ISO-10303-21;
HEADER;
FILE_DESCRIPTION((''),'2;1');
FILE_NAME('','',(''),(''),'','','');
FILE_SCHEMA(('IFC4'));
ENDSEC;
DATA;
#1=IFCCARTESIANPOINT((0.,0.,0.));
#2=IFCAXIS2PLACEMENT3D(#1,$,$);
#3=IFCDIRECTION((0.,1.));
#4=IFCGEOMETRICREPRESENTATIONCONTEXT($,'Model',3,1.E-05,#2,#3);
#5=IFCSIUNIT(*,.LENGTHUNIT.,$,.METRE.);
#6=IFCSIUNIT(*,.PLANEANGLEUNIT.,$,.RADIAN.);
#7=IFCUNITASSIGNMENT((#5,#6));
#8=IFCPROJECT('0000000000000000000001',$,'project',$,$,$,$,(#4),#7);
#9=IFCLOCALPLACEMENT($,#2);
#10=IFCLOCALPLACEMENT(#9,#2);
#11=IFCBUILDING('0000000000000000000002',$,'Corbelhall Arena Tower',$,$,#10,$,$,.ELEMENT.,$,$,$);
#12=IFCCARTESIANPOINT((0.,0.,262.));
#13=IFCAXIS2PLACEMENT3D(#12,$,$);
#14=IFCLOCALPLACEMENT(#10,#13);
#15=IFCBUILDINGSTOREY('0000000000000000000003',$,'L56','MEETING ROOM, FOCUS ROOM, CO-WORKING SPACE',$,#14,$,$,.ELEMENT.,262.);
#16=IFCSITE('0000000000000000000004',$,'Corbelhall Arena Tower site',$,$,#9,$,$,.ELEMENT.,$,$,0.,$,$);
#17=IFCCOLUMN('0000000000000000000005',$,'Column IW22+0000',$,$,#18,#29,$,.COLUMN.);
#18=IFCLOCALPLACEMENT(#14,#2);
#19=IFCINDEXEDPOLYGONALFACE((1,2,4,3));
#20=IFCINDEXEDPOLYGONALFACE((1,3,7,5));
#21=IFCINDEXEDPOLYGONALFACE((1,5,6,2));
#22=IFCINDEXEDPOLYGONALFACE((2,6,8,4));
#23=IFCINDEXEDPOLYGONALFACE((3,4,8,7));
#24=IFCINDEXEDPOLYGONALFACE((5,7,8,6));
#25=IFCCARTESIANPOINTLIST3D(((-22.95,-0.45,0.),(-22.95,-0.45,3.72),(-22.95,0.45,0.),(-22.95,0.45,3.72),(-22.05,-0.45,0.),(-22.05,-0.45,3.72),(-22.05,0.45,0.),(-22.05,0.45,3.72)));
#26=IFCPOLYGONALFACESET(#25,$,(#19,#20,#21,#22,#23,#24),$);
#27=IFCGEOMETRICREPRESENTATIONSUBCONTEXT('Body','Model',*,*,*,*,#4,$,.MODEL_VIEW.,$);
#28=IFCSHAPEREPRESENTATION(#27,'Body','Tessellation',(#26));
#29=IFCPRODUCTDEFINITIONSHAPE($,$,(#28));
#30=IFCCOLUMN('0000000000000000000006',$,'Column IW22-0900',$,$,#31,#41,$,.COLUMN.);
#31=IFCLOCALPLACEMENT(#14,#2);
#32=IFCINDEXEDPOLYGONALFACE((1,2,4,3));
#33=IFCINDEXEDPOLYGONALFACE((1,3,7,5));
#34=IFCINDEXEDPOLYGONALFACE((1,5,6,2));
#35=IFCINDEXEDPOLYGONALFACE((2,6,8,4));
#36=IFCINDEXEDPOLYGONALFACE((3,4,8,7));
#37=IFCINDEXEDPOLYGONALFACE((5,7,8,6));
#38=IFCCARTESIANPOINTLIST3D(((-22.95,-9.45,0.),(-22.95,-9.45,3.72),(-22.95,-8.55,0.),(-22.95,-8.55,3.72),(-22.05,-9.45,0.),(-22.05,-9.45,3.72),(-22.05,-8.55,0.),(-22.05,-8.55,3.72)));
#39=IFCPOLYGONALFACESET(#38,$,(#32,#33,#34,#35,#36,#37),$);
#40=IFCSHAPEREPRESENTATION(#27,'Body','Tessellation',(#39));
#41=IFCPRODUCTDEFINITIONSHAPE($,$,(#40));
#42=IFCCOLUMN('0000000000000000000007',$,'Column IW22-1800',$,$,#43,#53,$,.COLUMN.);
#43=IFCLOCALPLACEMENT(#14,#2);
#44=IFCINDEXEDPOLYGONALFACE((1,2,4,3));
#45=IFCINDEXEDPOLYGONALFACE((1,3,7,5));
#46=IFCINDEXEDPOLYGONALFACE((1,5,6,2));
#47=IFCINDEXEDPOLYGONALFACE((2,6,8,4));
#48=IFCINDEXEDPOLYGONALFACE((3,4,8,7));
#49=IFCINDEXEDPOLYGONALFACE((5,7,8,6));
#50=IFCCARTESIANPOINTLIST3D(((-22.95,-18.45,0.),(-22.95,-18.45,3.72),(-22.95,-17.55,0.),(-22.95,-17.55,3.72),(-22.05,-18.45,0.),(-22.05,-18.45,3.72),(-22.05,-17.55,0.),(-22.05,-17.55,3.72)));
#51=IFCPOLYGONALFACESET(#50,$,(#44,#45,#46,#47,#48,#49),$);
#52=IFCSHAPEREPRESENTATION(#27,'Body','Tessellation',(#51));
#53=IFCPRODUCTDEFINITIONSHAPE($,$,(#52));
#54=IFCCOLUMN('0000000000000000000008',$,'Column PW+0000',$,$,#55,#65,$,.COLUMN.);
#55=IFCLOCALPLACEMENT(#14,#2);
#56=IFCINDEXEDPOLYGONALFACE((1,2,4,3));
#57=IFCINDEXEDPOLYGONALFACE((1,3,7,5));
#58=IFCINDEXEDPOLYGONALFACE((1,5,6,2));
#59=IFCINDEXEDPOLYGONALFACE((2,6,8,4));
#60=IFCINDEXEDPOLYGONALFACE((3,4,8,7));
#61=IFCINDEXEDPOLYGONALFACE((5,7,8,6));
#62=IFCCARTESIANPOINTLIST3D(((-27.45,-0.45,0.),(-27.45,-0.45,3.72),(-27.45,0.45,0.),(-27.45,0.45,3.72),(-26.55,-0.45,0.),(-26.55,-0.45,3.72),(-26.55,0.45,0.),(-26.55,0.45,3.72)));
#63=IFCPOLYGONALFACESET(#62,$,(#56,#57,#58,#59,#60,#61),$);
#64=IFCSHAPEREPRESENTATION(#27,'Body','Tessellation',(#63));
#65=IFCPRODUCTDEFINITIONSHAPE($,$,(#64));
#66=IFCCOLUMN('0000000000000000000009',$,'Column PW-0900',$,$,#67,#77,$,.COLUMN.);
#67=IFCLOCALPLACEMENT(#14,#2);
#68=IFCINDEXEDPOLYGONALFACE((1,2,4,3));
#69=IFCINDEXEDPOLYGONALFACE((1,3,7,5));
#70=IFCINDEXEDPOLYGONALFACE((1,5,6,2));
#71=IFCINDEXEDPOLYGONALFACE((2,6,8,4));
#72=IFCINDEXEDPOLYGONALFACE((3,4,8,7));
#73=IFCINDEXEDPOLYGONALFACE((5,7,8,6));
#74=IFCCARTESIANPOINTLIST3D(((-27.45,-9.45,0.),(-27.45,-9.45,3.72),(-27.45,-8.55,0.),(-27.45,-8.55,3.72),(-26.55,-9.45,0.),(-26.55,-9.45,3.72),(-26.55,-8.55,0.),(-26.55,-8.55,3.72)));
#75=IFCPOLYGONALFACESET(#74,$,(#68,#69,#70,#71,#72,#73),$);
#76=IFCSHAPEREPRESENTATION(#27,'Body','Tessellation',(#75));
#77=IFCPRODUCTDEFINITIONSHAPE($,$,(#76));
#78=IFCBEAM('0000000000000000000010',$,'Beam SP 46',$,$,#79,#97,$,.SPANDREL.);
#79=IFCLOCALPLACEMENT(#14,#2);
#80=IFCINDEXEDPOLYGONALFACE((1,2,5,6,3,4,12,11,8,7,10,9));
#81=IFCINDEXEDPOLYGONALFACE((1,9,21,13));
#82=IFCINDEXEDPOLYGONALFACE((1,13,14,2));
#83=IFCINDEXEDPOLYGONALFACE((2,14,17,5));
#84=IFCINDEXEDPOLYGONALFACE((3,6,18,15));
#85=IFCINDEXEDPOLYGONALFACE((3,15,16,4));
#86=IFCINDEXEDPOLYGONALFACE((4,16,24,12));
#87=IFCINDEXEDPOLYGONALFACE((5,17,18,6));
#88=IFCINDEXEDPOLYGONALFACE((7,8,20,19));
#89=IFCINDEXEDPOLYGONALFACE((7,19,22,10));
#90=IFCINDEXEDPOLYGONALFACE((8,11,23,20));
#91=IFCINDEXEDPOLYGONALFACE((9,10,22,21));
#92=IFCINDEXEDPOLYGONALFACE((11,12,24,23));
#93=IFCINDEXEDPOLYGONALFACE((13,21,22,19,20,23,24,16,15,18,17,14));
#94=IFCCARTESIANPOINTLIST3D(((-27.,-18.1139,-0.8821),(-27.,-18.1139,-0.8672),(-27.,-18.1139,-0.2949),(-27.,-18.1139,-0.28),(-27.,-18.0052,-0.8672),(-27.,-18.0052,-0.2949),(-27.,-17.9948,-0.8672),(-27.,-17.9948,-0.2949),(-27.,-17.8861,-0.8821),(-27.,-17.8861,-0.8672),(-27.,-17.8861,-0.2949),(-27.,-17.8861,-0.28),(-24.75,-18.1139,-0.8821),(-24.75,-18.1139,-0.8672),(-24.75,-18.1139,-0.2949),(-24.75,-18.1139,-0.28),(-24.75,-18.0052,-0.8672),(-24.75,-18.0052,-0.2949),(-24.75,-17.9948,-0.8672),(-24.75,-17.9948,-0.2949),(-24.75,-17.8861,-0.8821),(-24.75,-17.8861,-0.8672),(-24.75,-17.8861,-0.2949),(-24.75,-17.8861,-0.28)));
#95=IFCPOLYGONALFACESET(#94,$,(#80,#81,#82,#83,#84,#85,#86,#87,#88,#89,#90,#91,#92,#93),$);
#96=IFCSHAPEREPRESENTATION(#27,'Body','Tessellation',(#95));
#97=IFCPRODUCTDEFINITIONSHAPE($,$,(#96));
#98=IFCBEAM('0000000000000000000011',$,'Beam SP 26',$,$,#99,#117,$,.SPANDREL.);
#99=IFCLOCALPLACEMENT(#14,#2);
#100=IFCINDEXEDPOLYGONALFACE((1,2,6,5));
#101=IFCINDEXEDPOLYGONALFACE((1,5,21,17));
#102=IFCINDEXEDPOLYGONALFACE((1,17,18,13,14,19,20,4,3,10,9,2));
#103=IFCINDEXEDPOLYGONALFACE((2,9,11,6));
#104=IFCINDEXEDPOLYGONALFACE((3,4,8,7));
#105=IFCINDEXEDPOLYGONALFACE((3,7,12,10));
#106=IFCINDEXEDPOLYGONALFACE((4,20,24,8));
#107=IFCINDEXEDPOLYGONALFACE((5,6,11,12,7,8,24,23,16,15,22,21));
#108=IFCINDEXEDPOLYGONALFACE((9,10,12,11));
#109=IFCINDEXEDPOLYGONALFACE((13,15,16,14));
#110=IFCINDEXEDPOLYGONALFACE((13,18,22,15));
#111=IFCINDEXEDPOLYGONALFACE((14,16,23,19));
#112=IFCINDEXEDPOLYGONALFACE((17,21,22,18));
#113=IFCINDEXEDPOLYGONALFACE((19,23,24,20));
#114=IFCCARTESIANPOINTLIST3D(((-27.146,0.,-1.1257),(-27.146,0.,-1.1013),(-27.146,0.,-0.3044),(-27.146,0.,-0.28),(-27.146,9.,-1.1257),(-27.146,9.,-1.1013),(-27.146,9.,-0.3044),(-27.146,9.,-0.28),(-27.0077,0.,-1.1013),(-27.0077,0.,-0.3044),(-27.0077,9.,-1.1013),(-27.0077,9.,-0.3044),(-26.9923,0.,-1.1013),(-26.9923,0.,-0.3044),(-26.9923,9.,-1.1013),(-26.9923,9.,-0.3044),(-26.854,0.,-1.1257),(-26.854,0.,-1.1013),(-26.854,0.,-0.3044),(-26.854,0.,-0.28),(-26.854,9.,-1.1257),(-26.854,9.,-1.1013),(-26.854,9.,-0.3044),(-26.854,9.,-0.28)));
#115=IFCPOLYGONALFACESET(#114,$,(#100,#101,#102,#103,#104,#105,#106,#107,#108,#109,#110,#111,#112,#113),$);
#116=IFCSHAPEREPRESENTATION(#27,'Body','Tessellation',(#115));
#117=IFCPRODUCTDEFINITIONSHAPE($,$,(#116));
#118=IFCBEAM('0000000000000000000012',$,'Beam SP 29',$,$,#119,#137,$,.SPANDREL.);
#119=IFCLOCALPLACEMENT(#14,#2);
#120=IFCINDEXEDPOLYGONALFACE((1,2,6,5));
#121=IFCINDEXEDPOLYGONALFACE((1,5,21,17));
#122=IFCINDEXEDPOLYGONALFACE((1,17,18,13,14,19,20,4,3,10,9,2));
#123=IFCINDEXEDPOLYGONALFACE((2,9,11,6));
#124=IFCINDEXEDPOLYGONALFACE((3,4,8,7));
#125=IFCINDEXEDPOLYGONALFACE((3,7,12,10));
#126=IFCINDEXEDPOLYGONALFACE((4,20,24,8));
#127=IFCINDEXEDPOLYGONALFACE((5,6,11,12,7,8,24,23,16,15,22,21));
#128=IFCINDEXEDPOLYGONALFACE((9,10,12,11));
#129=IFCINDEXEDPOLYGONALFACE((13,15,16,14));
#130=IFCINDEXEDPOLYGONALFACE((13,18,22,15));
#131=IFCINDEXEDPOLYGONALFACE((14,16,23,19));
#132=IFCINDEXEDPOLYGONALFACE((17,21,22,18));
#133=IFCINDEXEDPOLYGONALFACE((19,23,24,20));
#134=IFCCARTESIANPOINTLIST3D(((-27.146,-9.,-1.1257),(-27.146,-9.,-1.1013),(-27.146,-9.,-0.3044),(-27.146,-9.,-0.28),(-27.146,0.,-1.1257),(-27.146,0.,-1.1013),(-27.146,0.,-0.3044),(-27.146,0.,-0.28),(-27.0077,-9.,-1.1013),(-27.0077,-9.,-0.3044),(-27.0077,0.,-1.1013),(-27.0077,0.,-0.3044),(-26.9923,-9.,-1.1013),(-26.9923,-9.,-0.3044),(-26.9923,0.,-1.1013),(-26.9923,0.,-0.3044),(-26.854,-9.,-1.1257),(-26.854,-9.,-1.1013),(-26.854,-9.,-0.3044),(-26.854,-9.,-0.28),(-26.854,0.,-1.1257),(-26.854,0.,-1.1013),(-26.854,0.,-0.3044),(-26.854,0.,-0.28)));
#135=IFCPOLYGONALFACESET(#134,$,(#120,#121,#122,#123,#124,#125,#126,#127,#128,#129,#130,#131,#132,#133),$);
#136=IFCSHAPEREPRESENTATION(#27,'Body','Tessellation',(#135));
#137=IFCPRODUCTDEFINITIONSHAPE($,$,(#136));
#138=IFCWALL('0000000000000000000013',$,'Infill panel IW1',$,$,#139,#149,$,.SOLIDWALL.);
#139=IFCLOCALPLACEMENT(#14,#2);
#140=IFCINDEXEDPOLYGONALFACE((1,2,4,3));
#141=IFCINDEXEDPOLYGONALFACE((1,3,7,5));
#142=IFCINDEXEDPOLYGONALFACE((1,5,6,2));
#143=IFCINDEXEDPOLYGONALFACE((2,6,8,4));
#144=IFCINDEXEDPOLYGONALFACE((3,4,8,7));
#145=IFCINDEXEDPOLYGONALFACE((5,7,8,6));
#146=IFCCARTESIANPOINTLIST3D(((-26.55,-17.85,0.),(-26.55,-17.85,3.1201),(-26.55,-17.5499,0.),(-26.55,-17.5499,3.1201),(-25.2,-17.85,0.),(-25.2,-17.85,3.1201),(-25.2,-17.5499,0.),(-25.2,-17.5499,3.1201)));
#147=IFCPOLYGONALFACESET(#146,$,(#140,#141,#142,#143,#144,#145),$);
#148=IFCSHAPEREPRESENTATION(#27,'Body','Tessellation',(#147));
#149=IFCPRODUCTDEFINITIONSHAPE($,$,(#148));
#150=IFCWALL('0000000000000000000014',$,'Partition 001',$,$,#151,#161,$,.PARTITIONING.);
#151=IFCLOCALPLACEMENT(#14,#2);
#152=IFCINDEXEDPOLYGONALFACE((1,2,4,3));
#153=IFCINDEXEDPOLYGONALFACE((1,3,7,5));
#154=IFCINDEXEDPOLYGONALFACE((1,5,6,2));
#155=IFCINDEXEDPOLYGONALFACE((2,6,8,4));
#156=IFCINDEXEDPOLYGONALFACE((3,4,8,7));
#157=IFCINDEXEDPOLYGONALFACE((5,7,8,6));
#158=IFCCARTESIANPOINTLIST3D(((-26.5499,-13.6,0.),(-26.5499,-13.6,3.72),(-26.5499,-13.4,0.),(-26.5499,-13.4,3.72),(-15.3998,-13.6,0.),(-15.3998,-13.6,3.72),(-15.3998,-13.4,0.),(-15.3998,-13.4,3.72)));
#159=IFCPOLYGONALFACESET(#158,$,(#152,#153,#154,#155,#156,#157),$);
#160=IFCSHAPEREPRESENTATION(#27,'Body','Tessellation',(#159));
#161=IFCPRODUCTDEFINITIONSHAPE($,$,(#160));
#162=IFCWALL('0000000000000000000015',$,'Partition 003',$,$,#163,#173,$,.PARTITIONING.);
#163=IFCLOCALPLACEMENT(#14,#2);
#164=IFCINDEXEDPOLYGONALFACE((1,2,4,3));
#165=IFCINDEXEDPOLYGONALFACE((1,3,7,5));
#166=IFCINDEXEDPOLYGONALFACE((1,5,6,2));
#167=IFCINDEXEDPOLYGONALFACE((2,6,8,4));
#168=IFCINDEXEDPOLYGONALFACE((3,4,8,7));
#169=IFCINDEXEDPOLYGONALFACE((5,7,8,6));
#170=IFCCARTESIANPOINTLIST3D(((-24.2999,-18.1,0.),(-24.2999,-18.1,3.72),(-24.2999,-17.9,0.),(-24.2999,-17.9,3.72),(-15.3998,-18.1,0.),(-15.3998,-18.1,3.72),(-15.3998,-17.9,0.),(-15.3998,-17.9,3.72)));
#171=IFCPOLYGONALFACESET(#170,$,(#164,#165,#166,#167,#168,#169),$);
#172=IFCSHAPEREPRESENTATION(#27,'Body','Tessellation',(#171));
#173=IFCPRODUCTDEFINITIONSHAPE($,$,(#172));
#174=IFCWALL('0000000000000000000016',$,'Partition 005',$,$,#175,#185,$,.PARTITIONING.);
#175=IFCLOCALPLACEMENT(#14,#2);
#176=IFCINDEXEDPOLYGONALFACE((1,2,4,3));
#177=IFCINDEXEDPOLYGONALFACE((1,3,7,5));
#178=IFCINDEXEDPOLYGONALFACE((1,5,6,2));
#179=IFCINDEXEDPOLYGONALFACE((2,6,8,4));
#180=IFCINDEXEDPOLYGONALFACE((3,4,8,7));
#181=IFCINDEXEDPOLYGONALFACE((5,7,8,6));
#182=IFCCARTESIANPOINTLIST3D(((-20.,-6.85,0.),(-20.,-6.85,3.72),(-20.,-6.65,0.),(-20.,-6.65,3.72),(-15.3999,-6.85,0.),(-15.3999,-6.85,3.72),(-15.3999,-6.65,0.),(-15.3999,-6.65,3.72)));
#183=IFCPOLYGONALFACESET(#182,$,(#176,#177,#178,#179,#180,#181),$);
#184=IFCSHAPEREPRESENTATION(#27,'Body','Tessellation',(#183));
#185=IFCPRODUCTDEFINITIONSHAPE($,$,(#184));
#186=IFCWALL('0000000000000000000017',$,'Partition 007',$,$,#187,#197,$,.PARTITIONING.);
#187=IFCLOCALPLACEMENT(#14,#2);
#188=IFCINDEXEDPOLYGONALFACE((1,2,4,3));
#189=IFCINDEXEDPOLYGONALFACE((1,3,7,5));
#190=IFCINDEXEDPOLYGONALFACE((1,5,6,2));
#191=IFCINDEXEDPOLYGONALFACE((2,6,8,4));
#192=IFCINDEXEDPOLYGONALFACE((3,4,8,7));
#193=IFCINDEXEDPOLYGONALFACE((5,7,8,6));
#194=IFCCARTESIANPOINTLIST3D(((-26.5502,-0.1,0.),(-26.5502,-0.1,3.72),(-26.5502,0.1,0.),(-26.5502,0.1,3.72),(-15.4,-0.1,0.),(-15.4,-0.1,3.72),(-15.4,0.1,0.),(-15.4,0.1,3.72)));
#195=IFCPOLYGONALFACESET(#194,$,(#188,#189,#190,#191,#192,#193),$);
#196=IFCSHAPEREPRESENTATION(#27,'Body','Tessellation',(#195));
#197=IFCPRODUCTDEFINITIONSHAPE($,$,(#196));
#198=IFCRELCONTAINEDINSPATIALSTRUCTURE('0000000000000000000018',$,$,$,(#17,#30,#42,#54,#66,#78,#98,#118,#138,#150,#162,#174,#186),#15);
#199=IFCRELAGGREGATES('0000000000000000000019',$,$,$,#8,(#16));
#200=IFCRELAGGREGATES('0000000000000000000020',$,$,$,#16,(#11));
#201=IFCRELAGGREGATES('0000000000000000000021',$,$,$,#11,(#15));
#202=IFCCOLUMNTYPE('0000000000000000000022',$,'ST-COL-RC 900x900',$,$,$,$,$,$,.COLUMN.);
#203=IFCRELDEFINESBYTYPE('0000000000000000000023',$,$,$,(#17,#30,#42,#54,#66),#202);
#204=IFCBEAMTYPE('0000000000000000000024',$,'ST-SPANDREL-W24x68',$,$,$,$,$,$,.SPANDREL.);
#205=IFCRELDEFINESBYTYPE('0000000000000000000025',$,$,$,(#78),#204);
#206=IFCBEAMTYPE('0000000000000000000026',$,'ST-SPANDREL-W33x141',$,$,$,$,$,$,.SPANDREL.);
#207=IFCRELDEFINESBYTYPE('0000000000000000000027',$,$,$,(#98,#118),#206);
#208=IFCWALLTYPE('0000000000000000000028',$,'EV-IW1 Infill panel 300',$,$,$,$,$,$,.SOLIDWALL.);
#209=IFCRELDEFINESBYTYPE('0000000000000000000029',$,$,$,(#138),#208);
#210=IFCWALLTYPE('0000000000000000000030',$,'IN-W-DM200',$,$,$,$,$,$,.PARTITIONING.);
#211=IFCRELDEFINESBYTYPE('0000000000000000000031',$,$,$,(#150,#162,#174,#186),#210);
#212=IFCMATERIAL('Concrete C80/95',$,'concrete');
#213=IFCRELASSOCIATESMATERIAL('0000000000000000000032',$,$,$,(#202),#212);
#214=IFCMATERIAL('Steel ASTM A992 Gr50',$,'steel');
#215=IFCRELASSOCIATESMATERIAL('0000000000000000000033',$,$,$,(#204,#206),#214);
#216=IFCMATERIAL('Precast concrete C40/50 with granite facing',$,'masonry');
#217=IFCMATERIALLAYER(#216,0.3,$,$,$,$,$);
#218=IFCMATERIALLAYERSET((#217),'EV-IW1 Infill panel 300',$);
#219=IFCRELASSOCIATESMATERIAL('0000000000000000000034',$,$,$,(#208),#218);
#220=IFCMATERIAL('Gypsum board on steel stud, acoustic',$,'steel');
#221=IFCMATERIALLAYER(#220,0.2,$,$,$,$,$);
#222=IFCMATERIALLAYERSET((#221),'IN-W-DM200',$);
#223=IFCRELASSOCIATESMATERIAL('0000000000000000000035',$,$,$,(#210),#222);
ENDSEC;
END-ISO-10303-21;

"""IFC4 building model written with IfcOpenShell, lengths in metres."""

from ifc_helpers import new_model, si_unit, direction, frame, frame_2d, origin, origin_2d, place, context, subcontext, project, spatial, rectangle, i_section, extrude, material, layer, layer_set, material_profile, profile_set, type_object, element, save


model = new_model("IFC4")

# Units and contexts
model_context = context("Model", 3, precision=1e-05, world=origin(), true_north=direction((0.0, 1.0)))
body_context = subcontext(model_context, "Body", "Model", "MODEL_VIEW")
ifc_project = project(units=[si_unit("LENGTHUNIT", "METRE"), si_unit("PLANEANGLEUNIT", "RADIAN")], contexts=[model_context])

# Site, building, storey
site_placement = place(None, origin())
site = spatial("IfcSite", under=ifc_project, at=site_placement, Name="Corbelhall Arena Tower site", CompositionType="ELEMENT", RefElevation=0.0)
building_placement = place(site_placement, origin())
building = spatial("IfcBuilding", under=site, at=building_placement, Name="Corbelhall Arena Tower", CompositionType="ELEMENT")
storey_placement = place(building_placement, frame((0.0, 0.0, 262.0)))
storey = spatial("IfcBuildingStorey", under=building, at=storey_placement, Name="L56", Description="MEETING ROOM, FOCUS ROOM, CO-WORKING SPACE", CompositionType="ELEMENT", Elevation=262.0)

# Columns
ifc_material_1 = material(Name="Concrete C80/95", Category="concrete")
ifc_material_profile_1 = material_profile(ifc_material_1, rectangle(XDim=0.8999, YDim=0.8999, at=origin_2d()))
ifc_profile_set_1 = profile_set([ifc_material_profile_1], Name="Concrete C80/95")
column_type = type_object("IfcColumnType", Name="ST-COL-RC 900x900", PredefinedType="COLUMN", material=ifc_profile_set_1)
for number, where, z_axis, x_axis, name in (
    (1, (-22.5, 0.0, 0.0), (0.0, 0.0, 1.0), (1.0, 0.0, 0.0), "Column IW22+0000"),
    (2, (-22.5, -9.0, 0.0), (0.0, 0.0, 1.0), (1.0, 0.0, 0.0), "Column IW22-0900"),
    (3, (-22.5, -18.0, 0.0), (0.0, 0.0, 1.0), (1.0, 0.0, 0.0), "Column IW22-1800"),
    (4, (-27.0, 0.0, 0.0), (0.0, 0.0, 1.0), (0.0, 1.0, 0.0), "Column PW+0000"),
    (5, (-27.0, -9.0, 0.0), (0.0, 0.0, 1.0), (0.0, 1.0, 0.0), "Column PW-0900"),
):
    element("IfcColumn", number, at=place(storey_placement, frame(where, z_axis=z_axis, x_axis=x_axis)), inside=storey, type_object=column_type, Name=name, PredefinedType="COLUMN", context=body_context, shape_type="SweptSolid", body=[
        extrude(rectangle(XDim=0.8999, YDim=0.8999, at=origin_2d()), origin(), (0.0, 0.0, 1.0), 3.72),
    ])

# Beams
ifc_material_2 = material(Name="Steel ASTM A992 Gr50", Category="steel")
ifc_material_profile_2 = material_profile(ifc_material_2, i_section(OverallWidth=0.2278, OverallDepth=0.6021, WebThickness=0.0105, FlangeThickness=0.0149, at=origin_2d()))
ifc_profile_set_2 = profile_set([ifc_material_profile_2], Name="Steel ASTM A992 Gr50")
beam_type_1 = type_object("IfcBeamType", Name="ST-SPANDREL-W24x68", PredefinedType="SPANDREL", material=ifc_profile_set_2)
beam_placement = place(storey_placement, frame((-24.75, -18.0, -0.5811), z_axis=(-1.0, 0.0, 0.0), x_axis=(0.0, -1.0, 0.0)))
element("IfcBeam", 6, at=beam_placement, inside=storey, type_object=beam_type_1, Name="Beam SP 46", PredefinedType="SPANDREL", context=body_context, shape_type="SweptSolid", body=[
    extrude(i_section(OverallWidth=0.2278, OverallDepth=0.6021, WebThickness=0.0105, FlangeThickness=0.0149, at=origin_2d()), origin(), (0.0, 0.0, 1.0), 2.25),
])
ifc_material_profile_3 = material_profile(ifc_material_2, i_section(OverallWidth=0.292, OverallDepth=0.8457, WebThickness=0.0154, FlangeThickness=0.0244, at=origin_2d()))
ifc_profile_set_3 = profile_set([ifc_material_profile_3], Name="Steel ASTM A992 Gr50")
beam_type_2 = type_object("IfcBeamType", Name="ST-SPANDREL-W33x141", PredefinedType="SPANDREL", material=ifc_profile_set_3)
for number, where, z_axis, x_axis, name in (
    (7, (-27.0, 0.0, -0.7029), (0.0, 1.0, 0.0), (-1.0, 0.0, 0.0), "Beam SP 26"),
    (8, (-27.0, -9.0, -0.7029), (0.0, 1.0, 0.0), (-1.0, 0.0, 0.0), "Beam SP 29"),
):
    element("IfcBeam", number, at=place(storey_placement, frame(where, z_axis=z_axis, x_axis=x_axis)), inside=storey, type_object=beam_type_2, Name=name, PredefinedType="SPANDREL", context=body_context, shape_type="SweptSolid", body=[
        extrude(i_section(OverallWidth=0.292, OverallDepth=0.8457, WebThickness=0.0154, FlangeThickness=0.0244, at=origin_2d()), origin(), (0.0, 0.0, 1.0), 9.0),
    ])

# Shared definitions
ifc_material_3 = material(Name="Precast concrete C40/50 with granite facing", Category="masonry")
ifc_layer_1 = layer(ifc_material_3, 0.3)
ifc_layer_set_1 = layer_set([ifc_layer_1], Name="EV-IW1 Infill panel 300")
wall_type_1 = type_object("IfcWallType", Name="EV-IW1 Infill panel 300", PredefinedType="SOLIDWALL", material=ifc_layer_set_1)

# Walls
wall_1_placement = place(storey_placement, frame((-26.55, -17.7, 0.0), z_axis=(0.0, 0.0, 1.0), x_axis=(1.0, 0.0, 0.0)))
element("IfcWall", 9, at=wall_1_placement, inside=storey, type_object=wall_type_1, Name="Infill panel IW1", PredefinedType="SOLIDWALL", context=body_context, shape_type="SweptSolid", body=[
    extrude(rectangle(XDim=1.3501, YDim=0.3, at=frame_2d((0.675, 0.0))), origin(), (0.0, 0.0, 1.0), 3.1201),
])
ifc_material_4 = material(Name="Gypsum board on steel stud, acoustic", Category="steel")
ifc_layer_2 = layer(ifc_material_4, 0.2)
ifc_layer_set_2 = layer_set([ifc_layer_2], Name="IN-W-DM200")
wall_type_2 = type_object("IfcWallType", Name="IN-W-DM200", PredefinedType="PARTITIONING", material=ifc_layer_set_2)
wall_2_placement = place(storey_placement, frame((-26.55, -13.5, 0.0), z_axis=(0.0, 0.0, 1.0), x_axis=(1.0, 0.0, 0.0)))
element("IfcWall", 10, at=wall_2_placement, inside=storey, type_object=wall_type_2, Name="Partition 001", PredefinedType="PARTITIONING", context=body_context, shape_type="SweptSolid", body=[
    extrude(rectangle(XDim=11.1501, YDim=0.2, at=frame_2d((5.5752, 0.0))), origin(), (0.0, 0.0, 1.0), 3.72),
])
wall_3_placement = place(storey_placement, frame((-24.3, -18.0, 0.0), z_axis=(0.0, 0.0, 1.0), x_axis=(1.0, 0.0, 0.0)))
element("IfcWall", 11, at=wall_3_placement, inside=storey, type_object=wall_type_2, Name="Partition 003", PredefinedType="PARTITIONING", context=body_context, shape_type="SweptSolid", body=[
    extrude(rectangle(XDim=8.9001, YDim=0.2, at=frame_2d((4.4502, 0.0))), origin(), (0.0, 0.0, 1.0), 3.72),
])
wall_4_placement = place(storey_placement, frame((-20.0, -6.75, 0.0), z_axis=(0.0, 0.0, 1.0), x_axis=(1.0, 0.0, 0.0)))
element("IfcWall", 12, at=wall_4_placement, inside=storey, type_object=wall_type_2, Name="Partition 005", PredefinedType="PARTITIONING", context=body_context, shape_type="SweptSolid", body=[
    extrude(rectangle(XDim=4.6001, YDim=0.2, at=frame_2d((2.3, 0.0))), origin(), (0.0, 0.0, 1.0), 3.72),
])

# Wall
wall_5_placement = place(storey_placement, frame((-15.3999, 0.0, 0.0), z_axis=(0.0, 0.0, 1.0), x_axis=(-1.0, 0.0, 0.0)))
element("IfcWall", 13, at=wall_5_placement, inside=storey, type_object=wall_type_2, Name="Partition 007", PredefinedType="PARTITIONING", context=body_context, shape_type="SweptSolid", body=[
    extrude(rectangle(XDim=11.1501, YDim=0.2, at=frame_2d((5.5752, 0.0))), origin(), (0.0, 0.0, 1.0), 3.72),
])

save(model, "model.ifc")
